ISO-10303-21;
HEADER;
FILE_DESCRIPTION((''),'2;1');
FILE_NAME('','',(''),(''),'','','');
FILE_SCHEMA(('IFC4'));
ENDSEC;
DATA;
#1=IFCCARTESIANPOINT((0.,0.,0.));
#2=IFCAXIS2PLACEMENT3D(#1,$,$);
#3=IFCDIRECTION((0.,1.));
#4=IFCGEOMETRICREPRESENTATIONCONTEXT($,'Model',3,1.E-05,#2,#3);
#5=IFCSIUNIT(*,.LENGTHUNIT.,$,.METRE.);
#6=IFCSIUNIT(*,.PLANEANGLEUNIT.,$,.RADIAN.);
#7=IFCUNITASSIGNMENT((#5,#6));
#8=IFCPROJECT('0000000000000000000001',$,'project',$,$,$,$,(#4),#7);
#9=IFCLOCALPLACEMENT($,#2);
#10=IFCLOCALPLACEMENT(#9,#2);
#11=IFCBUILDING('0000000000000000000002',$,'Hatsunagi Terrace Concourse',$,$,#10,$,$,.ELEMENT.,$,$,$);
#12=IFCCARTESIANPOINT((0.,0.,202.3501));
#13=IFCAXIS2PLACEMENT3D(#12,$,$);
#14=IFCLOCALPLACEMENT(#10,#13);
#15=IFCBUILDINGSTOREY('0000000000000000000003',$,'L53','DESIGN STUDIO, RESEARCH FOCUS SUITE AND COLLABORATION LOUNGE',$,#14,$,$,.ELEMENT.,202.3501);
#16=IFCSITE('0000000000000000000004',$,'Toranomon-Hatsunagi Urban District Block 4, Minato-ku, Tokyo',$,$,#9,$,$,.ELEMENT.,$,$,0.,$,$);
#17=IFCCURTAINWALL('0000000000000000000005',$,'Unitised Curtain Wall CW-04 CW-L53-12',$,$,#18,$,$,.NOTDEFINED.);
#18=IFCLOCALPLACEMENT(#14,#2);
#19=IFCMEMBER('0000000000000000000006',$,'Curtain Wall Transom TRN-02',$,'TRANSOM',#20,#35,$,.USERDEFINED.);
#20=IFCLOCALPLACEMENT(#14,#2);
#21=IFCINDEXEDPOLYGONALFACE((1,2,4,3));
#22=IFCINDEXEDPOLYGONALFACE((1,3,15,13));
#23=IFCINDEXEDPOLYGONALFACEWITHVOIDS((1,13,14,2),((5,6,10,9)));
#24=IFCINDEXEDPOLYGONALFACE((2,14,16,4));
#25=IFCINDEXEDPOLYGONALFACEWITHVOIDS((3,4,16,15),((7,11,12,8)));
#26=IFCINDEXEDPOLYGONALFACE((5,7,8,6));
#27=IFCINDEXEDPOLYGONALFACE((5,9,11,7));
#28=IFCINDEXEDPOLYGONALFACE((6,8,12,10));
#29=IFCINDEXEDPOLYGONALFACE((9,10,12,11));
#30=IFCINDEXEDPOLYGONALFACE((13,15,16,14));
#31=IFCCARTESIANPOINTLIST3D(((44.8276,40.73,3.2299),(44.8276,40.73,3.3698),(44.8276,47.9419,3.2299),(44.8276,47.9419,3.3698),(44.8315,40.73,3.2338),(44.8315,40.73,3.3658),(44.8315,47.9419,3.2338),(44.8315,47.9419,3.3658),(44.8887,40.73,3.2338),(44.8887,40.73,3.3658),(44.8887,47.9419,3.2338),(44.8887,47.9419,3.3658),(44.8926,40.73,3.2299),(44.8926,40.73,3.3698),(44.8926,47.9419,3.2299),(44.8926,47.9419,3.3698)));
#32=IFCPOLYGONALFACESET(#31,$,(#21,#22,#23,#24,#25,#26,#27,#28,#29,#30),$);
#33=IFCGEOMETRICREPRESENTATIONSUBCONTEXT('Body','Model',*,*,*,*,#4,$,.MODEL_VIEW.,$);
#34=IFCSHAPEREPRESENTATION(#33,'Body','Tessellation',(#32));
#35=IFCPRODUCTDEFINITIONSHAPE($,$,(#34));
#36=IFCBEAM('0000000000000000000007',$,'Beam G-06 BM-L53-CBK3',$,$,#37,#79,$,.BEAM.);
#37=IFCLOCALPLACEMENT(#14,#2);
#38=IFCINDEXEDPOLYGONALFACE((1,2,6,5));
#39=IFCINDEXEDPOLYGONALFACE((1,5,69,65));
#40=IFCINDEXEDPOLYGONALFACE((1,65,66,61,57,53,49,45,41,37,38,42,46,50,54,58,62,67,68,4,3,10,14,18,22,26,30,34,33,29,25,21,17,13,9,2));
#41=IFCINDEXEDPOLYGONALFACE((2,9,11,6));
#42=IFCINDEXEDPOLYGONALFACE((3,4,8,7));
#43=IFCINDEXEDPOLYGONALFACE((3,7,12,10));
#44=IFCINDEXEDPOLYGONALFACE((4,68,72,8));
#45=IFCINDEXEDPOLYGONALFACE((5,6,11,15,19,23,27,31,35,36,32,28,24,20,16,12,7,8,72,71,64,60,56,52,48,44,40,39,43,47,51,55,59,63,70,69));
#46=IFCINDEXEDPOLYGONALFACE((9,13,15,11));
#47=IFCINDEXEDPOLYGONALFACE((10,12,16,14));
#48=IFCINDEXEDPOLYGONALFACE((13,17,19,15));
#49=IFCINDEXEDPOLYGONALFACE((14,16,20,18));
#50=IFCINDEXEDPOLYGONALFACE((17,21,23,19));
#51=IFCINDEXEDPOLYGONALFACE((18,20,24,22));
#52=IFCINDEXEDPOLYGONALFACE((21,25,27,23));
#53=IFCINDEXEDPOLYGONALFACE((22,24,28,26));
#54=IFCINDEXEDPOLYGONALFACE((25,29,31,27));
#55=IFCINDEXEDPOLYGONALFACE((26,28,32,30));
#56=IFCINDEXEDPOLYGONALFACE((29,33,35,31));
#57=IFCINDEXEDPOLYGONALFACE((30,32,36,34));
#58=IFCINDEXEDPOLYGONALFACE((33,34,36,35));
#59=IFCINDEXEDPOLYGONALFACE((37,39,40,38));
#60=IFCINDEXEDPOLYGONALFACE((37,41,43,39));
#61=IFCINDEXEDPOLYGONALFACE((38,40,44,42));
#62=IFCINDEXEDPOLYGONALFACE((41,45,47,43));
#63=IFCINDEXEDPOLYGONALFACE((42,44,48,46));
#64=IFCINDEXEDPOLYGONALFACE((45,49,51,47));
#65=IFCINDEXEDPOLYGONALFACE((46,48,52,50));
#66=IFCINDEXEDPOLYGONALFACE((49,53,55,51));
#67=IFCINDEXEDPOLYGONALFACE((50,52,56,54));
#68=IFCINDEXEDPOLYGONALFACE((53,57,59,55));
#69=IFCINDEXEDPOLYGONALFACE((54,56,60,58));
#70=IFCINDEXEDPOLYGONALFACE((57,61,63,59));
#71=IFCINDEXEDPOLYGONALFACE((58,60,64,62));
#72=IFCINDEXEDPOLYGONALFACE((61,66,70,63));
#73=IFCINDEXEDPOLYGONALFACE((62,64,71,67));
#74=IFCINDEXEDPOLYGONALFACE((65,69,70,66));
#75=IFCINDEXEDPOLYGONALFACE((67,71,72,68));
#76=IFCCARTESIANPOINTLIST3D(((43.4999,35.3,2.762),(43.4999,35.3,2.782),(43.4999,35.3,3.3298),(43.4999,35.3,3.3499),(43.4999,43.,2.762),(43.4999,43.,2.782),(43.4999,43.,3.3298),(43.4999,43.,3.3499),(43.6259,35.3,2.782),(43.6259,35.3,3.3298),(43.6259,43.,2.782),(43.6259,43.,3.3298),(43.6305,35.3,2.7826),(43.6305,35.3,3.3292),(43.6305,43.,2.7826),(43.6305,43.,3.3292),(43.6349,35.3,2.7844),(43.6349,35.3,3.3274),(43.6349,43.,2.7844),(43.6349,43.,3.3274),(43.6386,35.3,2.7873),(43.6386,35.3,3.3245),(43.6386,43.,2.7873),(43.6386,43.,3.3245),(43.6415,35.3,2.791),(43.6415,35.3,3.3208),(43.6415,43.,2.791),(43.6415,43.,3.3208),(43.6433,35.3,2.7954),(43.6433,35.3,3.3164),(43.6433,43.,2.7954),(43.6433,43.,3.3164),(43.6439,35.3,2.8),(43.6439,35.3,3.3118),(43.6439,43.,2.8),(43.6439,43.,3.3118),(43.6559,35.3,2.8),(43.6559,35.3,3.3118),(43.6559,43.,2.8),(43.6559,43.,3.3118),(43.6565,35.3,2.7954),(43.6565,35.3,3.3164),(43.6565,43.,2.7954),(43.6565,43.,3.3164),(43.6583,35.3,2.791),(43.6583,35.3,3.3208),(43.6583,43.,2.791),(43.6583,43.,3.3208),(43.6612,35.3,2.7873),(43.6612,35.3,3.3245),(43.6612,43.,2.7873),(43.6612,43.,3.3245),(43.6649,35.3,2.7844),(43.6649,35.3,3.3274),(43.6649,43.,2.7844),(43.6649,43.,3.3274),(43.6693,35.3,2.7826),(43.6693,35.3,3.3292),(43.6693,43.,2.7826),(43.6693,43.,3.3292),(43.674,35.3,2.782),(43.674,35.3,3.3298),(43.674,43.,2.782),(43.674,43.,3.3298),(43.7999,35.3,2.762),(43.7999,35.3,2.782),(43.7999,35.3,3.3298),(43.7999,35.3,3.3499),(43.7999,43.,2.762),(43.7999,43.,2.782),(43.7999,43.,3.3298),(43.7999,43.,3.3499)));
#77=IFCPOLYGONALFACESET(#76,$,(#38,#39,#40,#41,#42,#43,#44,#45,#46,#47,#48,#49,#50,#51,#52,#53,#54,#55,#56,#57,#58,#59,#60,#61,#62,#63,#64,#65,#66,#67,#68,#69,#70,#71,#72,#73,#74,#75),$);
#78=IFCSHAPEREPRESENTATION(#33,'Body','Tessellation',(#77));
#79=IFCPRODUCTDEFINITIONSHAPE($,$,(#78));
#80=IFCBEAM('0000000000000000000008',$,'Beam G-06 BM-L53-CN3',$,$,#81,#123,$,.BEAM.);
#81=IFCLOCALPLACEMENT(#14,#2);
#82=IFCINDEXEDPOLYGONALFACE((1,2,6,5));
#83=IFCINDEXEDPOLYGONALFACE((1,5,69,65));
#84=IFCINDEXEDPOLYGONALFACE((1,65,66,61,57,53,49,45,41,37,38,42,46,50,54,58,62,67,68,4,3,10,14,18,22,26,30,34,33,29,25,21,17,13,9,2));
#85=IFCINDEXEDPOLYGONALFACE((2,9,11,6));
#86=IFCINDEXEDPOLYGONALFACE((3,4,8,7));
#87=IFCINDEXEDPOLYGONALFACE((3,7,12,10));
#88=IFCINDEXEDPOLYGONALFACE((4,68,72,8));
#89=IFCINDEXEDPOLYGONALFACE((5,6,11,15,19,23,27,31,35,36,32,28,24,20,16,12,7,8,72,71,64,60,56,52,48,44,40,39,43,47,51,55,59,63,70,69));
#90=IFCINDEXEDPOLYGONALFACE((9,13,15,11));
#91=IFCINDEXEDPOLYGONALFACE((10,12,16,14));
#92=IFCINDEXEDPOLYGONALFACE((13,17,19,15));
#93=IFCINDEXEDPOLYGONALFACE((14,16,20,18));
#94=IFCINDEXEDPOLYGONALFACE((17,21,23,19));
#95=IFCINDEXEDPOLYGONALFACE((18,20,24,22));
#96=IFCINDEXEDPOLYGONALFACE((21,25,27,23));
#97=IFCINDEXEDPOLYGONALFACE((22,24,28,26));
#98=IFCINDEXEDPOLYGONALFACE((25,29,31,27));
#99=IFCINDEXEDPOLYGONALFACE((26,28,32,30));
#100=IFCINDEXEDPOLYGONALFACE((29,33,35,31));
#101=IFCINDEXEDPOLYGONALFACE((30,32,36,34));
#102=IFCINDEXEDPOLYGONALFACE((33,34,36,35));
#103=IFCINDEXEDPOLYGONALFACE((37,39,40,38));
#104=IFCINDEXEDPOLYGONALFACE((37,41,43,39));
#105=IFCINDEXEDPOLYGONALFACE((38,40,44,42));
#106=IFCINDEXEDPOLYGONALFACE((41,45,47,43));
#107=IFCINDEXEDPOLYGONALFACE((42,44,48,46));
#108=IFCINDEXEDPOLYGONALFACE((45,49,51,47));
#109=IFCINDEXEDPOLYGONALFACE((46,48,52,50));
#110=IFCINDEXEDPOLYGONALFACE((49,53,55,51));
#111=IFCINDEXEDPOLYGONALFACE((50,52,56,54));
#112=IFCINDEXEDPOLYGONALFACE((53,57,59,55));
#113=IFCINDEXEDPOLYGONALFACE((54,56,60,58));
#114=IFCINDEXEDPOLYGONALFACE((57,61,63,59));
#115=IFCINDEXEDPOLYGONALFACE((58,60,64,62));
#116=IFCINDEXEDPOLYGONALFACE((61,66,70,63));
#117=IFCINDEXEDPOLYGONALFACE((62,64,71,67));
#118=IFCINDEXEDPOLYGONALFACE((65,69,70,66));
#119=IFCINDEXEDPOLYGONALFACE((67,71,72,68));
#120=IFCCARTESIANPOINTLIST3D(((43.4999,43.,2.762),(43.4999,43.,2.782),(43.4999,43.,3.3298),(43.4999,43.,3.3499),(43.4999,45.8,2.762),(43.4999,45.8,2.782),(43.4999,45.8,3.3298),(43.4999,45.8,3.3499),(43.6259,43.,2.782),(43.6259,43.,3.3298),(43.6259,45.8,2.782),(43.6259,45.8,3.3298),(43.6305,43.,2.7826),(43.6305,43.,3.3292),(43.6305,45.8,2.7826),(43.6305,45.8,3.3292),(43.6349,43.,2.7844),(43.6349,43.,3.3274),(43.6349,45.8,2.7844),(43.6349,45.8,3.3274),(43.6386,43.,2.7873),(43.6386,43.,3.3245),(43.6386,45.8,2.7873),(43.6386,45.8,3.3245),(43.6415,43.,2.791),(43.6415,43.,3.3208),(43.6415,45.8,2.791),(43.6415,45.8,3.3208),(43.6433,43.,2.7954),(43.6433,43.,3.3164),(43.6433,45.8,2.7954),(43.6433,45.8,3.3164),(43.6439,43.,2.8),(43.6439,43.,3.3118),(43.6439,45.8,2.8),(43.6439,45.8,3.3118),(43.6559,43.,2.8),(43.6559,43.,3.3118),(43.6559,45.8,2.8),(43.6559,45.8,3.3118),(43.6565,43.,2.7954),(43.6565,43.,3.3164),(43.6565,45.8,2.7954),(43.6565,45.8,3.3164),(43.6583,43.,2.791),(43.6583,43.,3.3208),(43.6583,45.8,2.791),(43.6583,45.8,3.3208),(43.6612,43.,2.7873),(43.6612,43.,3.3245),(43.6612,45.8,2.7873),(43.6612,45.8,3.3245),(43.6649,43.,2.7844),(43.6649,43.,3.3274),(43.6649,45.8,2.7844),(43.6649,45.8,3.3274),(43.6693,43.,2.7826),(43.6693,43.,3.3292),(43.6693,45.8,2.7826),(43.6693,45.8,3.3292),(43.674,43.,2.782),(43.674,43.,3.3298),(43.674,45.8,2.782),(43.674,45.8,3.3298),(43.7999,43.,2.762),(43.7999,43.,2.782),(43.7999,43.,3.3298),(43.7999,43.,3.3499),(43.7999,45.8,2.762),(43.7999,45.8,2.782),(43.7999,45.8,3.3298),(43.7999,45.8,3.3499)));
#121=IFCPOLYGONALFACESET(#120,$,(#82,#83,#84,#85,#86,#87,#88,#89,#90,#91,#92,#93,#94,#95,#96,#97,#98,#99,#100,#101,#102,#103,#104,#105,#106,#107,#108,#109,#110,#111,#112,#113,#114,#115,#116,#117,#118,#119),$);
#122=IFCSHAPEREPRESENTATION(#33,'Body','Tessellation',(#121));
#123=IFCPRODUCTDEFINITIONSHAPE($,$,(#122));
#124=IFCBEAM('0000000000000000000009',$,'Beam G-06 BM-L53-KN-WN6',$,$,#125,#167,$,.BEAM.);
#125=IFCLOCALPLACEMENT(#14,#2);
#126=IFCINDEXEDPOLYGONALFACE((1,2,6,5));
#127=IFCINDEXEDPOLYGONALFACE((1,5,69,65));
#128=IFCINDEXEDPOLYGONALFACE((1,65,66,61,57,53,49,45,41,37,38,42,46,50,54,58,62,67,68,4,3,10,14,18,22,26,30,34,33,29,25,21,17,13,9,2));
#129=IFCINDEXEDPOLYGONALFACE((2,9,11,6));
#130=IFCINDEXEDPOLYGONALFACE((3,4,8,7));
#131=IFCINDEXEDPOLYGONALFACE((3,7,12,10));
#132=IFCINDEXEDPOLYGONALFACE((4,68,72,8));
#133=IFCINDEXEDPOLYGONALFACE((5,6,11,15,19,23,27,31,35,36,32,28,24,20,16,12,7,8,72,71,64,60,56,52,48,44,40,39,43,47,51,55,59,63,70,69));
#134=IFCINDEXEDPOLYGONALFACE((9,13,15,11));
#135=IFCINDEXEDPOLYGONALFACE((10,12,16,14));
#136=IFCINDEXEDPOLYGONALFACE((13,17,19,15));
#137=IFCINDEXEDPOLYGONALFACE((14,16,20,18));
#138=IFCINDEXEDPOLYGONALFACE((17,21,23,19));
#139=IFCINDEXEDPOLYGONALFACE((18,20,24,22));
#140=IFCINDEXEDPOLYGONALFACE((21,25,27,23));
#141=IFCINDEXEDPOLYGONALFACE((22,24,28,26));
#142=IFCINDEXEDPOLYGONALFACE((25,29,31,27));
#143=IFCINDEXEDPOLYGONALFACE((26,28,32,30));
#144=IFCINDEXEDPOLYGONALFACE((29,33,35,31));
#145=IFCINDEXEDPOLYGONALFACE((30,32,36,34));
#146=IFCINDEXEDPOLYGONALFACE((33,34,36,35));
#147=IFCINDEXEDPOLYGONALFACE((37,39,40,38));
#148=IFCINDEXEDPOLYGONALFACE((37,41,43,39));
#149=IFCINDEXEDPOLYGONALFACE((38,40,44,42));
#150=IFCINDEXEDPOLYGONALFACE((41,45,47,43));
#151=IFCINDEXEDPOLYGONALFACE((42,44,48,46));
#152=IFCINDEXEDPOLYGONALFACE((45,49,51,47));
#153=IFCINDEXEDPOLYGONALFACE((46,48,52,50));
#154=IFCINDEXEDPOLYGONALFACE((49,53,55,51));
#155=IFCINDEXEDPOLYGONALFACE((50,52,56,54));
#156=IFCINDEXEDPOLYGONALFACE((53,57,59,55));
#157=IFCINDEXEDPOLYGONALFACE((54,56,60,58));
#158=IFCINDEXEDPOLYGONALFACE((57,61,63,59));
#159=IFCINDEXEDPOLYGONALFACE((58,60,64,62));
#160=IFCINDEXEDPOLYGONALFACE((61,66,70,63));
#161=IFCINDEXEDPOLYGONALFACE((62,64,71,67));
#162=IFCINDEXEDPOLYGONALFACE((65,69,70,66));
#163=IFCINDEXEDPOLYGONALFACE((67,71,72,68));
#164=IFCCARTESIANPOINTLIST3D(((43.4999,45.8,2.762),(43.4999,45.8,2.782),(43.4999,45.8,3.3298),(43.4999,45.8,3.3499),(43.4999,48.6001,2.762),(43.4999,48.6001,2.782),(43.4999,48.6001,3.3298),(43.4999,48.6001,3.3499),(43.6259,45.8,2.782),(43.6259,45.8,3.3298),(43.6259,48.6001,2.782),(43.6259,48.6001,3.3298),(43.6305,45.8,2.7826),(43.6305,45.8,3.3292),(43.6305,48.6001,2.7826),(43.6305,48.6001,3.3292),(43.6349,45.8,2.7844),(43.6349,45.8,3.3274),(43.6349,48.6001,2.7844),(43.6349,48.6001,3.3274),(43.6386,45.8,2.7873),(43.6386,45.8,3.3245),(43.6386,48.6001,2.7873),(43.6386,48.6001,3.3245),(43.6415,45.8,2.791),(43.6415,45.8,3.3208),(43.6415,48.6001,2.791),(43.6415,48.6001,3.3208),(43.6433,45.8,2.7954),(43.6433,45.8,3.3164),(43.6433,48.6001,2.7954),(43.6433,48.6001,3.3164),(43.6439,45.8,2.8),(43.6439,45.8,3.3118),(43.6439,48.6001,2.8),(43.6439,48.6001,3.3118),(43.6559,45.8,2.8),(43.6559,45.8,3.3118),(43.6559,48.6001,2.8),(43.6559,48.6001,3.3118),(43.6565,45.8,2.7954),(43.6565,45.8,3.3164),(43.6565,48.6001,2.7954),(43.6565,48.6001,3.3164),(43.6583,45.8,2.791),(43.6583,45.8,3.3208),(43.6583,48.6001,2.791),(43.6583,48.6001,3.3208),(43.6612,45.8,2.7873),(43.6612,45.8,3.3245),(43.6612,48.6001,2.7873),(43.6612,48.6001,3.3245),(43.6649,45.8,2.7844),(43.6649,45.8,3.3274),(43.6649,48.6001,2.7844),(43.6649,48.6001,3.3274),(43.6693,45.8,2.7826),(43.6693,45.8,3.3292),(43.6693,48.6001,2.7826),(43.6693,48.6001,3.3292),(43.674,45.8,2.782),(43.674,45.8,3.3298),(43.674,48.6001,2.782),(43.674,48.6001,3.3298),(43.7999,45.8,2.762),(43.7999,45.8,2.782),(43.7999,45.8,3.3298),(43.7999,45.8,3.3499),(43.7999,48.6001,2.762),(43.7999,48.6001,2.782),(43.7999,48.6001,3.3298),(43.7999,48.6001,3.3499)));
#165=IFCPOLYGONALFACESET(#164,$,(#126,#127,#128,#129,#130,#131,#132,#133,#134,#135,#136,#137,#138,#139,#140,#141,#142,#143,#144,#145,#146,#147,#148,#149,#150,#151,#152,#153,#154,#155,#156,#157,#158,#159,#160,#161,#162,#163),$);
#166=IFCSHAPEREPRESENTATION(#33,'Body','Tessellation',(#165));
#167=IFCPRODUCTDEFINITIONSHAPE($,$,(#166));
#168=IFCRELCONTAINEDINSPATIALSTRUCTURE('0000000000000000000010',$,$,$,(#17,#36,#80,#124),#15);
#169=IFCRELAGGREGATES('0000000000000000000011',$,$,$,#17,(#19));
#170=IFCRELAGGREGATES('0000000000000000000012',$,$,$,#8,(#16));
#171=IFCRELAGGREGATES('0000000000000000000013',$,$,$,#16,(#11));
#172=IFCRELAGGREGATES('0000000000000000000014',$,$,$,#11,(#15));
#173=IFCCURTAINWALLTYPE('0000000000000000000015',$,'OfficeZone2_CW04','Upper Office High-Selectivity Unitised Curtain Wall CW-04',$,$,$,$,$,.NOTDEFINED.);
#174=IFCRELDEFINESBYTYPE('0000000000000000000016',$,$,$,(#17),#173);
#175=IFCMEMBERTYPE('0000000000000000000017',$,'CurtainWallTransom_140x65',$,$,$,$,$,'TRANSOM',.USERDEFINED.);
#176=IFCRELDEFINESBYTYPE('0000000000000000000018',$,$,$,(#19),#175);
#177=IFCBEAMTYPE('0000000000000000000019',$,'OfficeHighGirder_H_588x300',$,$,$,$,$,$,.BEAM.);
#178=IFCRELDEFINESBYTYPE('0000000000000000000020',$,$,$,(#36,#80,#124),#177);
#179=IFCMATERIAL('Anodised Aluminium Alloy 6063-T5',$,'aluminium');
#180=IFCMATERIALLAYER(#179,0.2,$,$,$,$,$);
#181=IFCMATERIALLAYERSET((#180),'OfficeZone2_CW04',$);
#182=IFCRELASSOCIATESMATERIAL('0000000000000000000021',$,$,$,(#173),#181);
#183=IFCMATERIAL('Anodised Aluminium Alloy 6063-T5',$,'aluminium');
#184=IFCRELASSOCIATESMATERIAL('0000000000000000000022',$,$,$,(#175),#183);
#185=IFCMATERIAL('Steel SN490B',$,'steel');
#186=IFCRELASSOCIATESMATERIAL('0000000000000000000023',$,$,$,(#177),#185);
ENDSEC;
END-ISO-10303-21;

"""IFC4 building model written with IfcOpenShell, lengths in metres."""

from ifc_helpers import new_model, si_unit, direction, frame, origin, origin_2d, place, context, subcontext, project, spatial, hollow_rectangle, i_section, extrude, material, layer, layer_set, material_profile, profile_set, type_object, element, aggregate, save


model = new_model("IFC4")

# Units and contexts
model_context = context("Model", 3, precision=1e-05, world=origin(), true_north=direction((0.0, 1.0)))
body_context = subcontext(model_context, "Body", "Model", "MODEL_VIEW")
ifc_project = project(units=[si_unit("LENGTHUNIT", "METRE"), si_unit("PLANEANGLEUNIT", "RADIAN")], contexts=[model_context])

# Site, building, storey
site_placement = place(None, origin())
site = spatial("IfcSite", under=ifc_project, at=site_placement, Name="Toranomon-Hatsunagi Urban District Block 4, Minato-ku, Tokyo", CompositionType="ELEMENT", RefElevation=0.0)
building_placement = place(site_placement, origin())
building = spatial("IfcBuilding", under=site, at=building_placement, Name="Hatsunagi Terrace Concourse", CompositionType="ELEMENT")
storey_placement = place(building_placement, frame((0.0, 0.0, 202.3501)))
storey = spatial("IfcBuildingStorey", under=building, at=storey_placement, Name="L53", Description="DESIGN STUDIO, RESEARCH FOCUS SUITE AND COLLABORATION LOUNGE", CompositionType="ELEMENT", Elevation=202.3501)

# Curtain wall, member
ifc_material_1 = material(Name="Anodised Aluminium Alloy 6063-T5", Category="aluminium")
ifc_layer_1 = layer(ifc_material_1, 0.2)
ifc_layer_set_1 = layer_set([ifc_layer_1], Name="OfficeZone2_CW04")
curtain_wall_type = type_object("IfcCurtainWallType", Name="OfficeZone2_CW04", Description="Upper Office High-Selectivity Unitised Curtain Wall CW-04", PredefinedType="NOTDEFINED", material=ifc_layer_set_1)
curtain_wall_placement = place(storey_placement, origin())
curtain_wall = element("IfcCurtainWall", 1, at=curtain_wall_placement, inside=storey, type_object=curtain_wall_type, Name="Unitised Curtain Wall CW-04 CW-L53-12", PredefinedType="NOTDEFINED")
ifc_material_2 = material(Name="Anodised Aluminium Alloy 6063-T5", Category="aluminium")
ifc_material_profile_1 = material_profile(ifc_material_2, hollow_rectangle(XDim=0.0649, YDim=0.1399, WallThickness=0.0039, at=origin_2d()), Name="ALU-TRN-140x65x4")
ifc_profile_set_1 = profile_set([ifc_material_profile_1], Name="Anodised Aluminium Alloy 6063-T5")
member_type_1 = type_object("IfcMemberType", Name="CurtainWallTransom_140x65", ElementType="TRANSOM", PredefinedType="USERDEFINED", material=ifc_profile_set_1)
member_1_placement = place(storey_placement, frame((44.8601, 47.9419, 3.2998), z_axis=(0.0, -1.0, 0.0), x_axis=(1.0, 0.0, 0.0)))
member_1 = element("IfcMember", 2, at=member_1_placement, type_object=member_type_1, Name="Curtain Wall Transom TRN-02", ObjectType="TRANSOM", PredefinedType="USERDEFINED", context=body_context, shape_type="SweptSolid", body=[
    extrude(hollow_rectangle(XDim=0.0649, YDim=0.1399, WallThickness=0.0039, at=origin_2d()), origin(), (0.0, 0.0, 1.0), 7.2119),
])

# Beams
ifc_material_3 = material(Name="Steel SN490B", Category="steel")
ifc_material_profile_2 = material_profile(ifc_material_3, i_section(OverallWidth=0.3, OverallDepth=0.5879, WebThickness=0.012, FlangeThickness=0.02, FilletRadius=0.0181, at=origin_2d()), Name="H-588x300x12x20")
ifc_profile_set_2 = profile_set([ifc_material_profile_2], Name="Steel SN490B")
beam_type_1 = type_object("IfcBeamType", Name="OfficeHighGirder_H_588x300", PredefinedType="BEAM", material=ifc_profile_set_2)
beam_1_placement = place(storey_placement, frame((43.6499, 35.3, 3.0559), z_axis=(0.0, 1.0, 0.0), x_axis=(-1.0, 0.0, 0.0)))
element("IfcBeam", 3, at=beam_1_placement, inside=storey, type_object=beam_type_1, Name="Beam G-06 BM-L53-CBK3", PredefinedType="BEAM", context=body_context, shape_type="SweptSolid", body=[
    extrude(i_section(OverallWidth=0.3, OverallDepth=0.5879, WebThickness=0.012, FlangeThickness=0.02, FilletRadius=0.0181, at=origin_2d()), origin(), (0.0, 0.0, 1.0), 7.7),
])
for number, where, z_axis, x_axis, name in (
    (4, (43.6499, 43.0, 3.0559), (0.0, 1.0, 0.0), (-1.0, 0.0, 0.0), "Beam G-06 BM-L53-CN3"),
    (5, (43.6499, 45.8, 3.0559), (0.0, 1.0, 0.0), (-1.0, 0.0, 0.0), "Beam G-06 BM-L53-KN-WN6"),
):
    element("IfcBeam", number, at=place(storey_placement, frame(where, z_axis=z_axis, x_axis=x_axis)), inside=storey, type_object=beam_type_1, Name=name, PredefinedType="BEAM", context=body_context, shape_type="SweptSolid", body=[
        extrude(i_section(OverallWidth=0.3, OverallDepth=0.5879, WebThickness=0.012, FlangeThickness=0.02, FilletRadius=0.0181, at=origin_2d()), origin(), (0.0, 0.0, 1.0), 2.8),
    ])

aggregate(curtain_wall, [member_1])

save(model, "model.ifc")
